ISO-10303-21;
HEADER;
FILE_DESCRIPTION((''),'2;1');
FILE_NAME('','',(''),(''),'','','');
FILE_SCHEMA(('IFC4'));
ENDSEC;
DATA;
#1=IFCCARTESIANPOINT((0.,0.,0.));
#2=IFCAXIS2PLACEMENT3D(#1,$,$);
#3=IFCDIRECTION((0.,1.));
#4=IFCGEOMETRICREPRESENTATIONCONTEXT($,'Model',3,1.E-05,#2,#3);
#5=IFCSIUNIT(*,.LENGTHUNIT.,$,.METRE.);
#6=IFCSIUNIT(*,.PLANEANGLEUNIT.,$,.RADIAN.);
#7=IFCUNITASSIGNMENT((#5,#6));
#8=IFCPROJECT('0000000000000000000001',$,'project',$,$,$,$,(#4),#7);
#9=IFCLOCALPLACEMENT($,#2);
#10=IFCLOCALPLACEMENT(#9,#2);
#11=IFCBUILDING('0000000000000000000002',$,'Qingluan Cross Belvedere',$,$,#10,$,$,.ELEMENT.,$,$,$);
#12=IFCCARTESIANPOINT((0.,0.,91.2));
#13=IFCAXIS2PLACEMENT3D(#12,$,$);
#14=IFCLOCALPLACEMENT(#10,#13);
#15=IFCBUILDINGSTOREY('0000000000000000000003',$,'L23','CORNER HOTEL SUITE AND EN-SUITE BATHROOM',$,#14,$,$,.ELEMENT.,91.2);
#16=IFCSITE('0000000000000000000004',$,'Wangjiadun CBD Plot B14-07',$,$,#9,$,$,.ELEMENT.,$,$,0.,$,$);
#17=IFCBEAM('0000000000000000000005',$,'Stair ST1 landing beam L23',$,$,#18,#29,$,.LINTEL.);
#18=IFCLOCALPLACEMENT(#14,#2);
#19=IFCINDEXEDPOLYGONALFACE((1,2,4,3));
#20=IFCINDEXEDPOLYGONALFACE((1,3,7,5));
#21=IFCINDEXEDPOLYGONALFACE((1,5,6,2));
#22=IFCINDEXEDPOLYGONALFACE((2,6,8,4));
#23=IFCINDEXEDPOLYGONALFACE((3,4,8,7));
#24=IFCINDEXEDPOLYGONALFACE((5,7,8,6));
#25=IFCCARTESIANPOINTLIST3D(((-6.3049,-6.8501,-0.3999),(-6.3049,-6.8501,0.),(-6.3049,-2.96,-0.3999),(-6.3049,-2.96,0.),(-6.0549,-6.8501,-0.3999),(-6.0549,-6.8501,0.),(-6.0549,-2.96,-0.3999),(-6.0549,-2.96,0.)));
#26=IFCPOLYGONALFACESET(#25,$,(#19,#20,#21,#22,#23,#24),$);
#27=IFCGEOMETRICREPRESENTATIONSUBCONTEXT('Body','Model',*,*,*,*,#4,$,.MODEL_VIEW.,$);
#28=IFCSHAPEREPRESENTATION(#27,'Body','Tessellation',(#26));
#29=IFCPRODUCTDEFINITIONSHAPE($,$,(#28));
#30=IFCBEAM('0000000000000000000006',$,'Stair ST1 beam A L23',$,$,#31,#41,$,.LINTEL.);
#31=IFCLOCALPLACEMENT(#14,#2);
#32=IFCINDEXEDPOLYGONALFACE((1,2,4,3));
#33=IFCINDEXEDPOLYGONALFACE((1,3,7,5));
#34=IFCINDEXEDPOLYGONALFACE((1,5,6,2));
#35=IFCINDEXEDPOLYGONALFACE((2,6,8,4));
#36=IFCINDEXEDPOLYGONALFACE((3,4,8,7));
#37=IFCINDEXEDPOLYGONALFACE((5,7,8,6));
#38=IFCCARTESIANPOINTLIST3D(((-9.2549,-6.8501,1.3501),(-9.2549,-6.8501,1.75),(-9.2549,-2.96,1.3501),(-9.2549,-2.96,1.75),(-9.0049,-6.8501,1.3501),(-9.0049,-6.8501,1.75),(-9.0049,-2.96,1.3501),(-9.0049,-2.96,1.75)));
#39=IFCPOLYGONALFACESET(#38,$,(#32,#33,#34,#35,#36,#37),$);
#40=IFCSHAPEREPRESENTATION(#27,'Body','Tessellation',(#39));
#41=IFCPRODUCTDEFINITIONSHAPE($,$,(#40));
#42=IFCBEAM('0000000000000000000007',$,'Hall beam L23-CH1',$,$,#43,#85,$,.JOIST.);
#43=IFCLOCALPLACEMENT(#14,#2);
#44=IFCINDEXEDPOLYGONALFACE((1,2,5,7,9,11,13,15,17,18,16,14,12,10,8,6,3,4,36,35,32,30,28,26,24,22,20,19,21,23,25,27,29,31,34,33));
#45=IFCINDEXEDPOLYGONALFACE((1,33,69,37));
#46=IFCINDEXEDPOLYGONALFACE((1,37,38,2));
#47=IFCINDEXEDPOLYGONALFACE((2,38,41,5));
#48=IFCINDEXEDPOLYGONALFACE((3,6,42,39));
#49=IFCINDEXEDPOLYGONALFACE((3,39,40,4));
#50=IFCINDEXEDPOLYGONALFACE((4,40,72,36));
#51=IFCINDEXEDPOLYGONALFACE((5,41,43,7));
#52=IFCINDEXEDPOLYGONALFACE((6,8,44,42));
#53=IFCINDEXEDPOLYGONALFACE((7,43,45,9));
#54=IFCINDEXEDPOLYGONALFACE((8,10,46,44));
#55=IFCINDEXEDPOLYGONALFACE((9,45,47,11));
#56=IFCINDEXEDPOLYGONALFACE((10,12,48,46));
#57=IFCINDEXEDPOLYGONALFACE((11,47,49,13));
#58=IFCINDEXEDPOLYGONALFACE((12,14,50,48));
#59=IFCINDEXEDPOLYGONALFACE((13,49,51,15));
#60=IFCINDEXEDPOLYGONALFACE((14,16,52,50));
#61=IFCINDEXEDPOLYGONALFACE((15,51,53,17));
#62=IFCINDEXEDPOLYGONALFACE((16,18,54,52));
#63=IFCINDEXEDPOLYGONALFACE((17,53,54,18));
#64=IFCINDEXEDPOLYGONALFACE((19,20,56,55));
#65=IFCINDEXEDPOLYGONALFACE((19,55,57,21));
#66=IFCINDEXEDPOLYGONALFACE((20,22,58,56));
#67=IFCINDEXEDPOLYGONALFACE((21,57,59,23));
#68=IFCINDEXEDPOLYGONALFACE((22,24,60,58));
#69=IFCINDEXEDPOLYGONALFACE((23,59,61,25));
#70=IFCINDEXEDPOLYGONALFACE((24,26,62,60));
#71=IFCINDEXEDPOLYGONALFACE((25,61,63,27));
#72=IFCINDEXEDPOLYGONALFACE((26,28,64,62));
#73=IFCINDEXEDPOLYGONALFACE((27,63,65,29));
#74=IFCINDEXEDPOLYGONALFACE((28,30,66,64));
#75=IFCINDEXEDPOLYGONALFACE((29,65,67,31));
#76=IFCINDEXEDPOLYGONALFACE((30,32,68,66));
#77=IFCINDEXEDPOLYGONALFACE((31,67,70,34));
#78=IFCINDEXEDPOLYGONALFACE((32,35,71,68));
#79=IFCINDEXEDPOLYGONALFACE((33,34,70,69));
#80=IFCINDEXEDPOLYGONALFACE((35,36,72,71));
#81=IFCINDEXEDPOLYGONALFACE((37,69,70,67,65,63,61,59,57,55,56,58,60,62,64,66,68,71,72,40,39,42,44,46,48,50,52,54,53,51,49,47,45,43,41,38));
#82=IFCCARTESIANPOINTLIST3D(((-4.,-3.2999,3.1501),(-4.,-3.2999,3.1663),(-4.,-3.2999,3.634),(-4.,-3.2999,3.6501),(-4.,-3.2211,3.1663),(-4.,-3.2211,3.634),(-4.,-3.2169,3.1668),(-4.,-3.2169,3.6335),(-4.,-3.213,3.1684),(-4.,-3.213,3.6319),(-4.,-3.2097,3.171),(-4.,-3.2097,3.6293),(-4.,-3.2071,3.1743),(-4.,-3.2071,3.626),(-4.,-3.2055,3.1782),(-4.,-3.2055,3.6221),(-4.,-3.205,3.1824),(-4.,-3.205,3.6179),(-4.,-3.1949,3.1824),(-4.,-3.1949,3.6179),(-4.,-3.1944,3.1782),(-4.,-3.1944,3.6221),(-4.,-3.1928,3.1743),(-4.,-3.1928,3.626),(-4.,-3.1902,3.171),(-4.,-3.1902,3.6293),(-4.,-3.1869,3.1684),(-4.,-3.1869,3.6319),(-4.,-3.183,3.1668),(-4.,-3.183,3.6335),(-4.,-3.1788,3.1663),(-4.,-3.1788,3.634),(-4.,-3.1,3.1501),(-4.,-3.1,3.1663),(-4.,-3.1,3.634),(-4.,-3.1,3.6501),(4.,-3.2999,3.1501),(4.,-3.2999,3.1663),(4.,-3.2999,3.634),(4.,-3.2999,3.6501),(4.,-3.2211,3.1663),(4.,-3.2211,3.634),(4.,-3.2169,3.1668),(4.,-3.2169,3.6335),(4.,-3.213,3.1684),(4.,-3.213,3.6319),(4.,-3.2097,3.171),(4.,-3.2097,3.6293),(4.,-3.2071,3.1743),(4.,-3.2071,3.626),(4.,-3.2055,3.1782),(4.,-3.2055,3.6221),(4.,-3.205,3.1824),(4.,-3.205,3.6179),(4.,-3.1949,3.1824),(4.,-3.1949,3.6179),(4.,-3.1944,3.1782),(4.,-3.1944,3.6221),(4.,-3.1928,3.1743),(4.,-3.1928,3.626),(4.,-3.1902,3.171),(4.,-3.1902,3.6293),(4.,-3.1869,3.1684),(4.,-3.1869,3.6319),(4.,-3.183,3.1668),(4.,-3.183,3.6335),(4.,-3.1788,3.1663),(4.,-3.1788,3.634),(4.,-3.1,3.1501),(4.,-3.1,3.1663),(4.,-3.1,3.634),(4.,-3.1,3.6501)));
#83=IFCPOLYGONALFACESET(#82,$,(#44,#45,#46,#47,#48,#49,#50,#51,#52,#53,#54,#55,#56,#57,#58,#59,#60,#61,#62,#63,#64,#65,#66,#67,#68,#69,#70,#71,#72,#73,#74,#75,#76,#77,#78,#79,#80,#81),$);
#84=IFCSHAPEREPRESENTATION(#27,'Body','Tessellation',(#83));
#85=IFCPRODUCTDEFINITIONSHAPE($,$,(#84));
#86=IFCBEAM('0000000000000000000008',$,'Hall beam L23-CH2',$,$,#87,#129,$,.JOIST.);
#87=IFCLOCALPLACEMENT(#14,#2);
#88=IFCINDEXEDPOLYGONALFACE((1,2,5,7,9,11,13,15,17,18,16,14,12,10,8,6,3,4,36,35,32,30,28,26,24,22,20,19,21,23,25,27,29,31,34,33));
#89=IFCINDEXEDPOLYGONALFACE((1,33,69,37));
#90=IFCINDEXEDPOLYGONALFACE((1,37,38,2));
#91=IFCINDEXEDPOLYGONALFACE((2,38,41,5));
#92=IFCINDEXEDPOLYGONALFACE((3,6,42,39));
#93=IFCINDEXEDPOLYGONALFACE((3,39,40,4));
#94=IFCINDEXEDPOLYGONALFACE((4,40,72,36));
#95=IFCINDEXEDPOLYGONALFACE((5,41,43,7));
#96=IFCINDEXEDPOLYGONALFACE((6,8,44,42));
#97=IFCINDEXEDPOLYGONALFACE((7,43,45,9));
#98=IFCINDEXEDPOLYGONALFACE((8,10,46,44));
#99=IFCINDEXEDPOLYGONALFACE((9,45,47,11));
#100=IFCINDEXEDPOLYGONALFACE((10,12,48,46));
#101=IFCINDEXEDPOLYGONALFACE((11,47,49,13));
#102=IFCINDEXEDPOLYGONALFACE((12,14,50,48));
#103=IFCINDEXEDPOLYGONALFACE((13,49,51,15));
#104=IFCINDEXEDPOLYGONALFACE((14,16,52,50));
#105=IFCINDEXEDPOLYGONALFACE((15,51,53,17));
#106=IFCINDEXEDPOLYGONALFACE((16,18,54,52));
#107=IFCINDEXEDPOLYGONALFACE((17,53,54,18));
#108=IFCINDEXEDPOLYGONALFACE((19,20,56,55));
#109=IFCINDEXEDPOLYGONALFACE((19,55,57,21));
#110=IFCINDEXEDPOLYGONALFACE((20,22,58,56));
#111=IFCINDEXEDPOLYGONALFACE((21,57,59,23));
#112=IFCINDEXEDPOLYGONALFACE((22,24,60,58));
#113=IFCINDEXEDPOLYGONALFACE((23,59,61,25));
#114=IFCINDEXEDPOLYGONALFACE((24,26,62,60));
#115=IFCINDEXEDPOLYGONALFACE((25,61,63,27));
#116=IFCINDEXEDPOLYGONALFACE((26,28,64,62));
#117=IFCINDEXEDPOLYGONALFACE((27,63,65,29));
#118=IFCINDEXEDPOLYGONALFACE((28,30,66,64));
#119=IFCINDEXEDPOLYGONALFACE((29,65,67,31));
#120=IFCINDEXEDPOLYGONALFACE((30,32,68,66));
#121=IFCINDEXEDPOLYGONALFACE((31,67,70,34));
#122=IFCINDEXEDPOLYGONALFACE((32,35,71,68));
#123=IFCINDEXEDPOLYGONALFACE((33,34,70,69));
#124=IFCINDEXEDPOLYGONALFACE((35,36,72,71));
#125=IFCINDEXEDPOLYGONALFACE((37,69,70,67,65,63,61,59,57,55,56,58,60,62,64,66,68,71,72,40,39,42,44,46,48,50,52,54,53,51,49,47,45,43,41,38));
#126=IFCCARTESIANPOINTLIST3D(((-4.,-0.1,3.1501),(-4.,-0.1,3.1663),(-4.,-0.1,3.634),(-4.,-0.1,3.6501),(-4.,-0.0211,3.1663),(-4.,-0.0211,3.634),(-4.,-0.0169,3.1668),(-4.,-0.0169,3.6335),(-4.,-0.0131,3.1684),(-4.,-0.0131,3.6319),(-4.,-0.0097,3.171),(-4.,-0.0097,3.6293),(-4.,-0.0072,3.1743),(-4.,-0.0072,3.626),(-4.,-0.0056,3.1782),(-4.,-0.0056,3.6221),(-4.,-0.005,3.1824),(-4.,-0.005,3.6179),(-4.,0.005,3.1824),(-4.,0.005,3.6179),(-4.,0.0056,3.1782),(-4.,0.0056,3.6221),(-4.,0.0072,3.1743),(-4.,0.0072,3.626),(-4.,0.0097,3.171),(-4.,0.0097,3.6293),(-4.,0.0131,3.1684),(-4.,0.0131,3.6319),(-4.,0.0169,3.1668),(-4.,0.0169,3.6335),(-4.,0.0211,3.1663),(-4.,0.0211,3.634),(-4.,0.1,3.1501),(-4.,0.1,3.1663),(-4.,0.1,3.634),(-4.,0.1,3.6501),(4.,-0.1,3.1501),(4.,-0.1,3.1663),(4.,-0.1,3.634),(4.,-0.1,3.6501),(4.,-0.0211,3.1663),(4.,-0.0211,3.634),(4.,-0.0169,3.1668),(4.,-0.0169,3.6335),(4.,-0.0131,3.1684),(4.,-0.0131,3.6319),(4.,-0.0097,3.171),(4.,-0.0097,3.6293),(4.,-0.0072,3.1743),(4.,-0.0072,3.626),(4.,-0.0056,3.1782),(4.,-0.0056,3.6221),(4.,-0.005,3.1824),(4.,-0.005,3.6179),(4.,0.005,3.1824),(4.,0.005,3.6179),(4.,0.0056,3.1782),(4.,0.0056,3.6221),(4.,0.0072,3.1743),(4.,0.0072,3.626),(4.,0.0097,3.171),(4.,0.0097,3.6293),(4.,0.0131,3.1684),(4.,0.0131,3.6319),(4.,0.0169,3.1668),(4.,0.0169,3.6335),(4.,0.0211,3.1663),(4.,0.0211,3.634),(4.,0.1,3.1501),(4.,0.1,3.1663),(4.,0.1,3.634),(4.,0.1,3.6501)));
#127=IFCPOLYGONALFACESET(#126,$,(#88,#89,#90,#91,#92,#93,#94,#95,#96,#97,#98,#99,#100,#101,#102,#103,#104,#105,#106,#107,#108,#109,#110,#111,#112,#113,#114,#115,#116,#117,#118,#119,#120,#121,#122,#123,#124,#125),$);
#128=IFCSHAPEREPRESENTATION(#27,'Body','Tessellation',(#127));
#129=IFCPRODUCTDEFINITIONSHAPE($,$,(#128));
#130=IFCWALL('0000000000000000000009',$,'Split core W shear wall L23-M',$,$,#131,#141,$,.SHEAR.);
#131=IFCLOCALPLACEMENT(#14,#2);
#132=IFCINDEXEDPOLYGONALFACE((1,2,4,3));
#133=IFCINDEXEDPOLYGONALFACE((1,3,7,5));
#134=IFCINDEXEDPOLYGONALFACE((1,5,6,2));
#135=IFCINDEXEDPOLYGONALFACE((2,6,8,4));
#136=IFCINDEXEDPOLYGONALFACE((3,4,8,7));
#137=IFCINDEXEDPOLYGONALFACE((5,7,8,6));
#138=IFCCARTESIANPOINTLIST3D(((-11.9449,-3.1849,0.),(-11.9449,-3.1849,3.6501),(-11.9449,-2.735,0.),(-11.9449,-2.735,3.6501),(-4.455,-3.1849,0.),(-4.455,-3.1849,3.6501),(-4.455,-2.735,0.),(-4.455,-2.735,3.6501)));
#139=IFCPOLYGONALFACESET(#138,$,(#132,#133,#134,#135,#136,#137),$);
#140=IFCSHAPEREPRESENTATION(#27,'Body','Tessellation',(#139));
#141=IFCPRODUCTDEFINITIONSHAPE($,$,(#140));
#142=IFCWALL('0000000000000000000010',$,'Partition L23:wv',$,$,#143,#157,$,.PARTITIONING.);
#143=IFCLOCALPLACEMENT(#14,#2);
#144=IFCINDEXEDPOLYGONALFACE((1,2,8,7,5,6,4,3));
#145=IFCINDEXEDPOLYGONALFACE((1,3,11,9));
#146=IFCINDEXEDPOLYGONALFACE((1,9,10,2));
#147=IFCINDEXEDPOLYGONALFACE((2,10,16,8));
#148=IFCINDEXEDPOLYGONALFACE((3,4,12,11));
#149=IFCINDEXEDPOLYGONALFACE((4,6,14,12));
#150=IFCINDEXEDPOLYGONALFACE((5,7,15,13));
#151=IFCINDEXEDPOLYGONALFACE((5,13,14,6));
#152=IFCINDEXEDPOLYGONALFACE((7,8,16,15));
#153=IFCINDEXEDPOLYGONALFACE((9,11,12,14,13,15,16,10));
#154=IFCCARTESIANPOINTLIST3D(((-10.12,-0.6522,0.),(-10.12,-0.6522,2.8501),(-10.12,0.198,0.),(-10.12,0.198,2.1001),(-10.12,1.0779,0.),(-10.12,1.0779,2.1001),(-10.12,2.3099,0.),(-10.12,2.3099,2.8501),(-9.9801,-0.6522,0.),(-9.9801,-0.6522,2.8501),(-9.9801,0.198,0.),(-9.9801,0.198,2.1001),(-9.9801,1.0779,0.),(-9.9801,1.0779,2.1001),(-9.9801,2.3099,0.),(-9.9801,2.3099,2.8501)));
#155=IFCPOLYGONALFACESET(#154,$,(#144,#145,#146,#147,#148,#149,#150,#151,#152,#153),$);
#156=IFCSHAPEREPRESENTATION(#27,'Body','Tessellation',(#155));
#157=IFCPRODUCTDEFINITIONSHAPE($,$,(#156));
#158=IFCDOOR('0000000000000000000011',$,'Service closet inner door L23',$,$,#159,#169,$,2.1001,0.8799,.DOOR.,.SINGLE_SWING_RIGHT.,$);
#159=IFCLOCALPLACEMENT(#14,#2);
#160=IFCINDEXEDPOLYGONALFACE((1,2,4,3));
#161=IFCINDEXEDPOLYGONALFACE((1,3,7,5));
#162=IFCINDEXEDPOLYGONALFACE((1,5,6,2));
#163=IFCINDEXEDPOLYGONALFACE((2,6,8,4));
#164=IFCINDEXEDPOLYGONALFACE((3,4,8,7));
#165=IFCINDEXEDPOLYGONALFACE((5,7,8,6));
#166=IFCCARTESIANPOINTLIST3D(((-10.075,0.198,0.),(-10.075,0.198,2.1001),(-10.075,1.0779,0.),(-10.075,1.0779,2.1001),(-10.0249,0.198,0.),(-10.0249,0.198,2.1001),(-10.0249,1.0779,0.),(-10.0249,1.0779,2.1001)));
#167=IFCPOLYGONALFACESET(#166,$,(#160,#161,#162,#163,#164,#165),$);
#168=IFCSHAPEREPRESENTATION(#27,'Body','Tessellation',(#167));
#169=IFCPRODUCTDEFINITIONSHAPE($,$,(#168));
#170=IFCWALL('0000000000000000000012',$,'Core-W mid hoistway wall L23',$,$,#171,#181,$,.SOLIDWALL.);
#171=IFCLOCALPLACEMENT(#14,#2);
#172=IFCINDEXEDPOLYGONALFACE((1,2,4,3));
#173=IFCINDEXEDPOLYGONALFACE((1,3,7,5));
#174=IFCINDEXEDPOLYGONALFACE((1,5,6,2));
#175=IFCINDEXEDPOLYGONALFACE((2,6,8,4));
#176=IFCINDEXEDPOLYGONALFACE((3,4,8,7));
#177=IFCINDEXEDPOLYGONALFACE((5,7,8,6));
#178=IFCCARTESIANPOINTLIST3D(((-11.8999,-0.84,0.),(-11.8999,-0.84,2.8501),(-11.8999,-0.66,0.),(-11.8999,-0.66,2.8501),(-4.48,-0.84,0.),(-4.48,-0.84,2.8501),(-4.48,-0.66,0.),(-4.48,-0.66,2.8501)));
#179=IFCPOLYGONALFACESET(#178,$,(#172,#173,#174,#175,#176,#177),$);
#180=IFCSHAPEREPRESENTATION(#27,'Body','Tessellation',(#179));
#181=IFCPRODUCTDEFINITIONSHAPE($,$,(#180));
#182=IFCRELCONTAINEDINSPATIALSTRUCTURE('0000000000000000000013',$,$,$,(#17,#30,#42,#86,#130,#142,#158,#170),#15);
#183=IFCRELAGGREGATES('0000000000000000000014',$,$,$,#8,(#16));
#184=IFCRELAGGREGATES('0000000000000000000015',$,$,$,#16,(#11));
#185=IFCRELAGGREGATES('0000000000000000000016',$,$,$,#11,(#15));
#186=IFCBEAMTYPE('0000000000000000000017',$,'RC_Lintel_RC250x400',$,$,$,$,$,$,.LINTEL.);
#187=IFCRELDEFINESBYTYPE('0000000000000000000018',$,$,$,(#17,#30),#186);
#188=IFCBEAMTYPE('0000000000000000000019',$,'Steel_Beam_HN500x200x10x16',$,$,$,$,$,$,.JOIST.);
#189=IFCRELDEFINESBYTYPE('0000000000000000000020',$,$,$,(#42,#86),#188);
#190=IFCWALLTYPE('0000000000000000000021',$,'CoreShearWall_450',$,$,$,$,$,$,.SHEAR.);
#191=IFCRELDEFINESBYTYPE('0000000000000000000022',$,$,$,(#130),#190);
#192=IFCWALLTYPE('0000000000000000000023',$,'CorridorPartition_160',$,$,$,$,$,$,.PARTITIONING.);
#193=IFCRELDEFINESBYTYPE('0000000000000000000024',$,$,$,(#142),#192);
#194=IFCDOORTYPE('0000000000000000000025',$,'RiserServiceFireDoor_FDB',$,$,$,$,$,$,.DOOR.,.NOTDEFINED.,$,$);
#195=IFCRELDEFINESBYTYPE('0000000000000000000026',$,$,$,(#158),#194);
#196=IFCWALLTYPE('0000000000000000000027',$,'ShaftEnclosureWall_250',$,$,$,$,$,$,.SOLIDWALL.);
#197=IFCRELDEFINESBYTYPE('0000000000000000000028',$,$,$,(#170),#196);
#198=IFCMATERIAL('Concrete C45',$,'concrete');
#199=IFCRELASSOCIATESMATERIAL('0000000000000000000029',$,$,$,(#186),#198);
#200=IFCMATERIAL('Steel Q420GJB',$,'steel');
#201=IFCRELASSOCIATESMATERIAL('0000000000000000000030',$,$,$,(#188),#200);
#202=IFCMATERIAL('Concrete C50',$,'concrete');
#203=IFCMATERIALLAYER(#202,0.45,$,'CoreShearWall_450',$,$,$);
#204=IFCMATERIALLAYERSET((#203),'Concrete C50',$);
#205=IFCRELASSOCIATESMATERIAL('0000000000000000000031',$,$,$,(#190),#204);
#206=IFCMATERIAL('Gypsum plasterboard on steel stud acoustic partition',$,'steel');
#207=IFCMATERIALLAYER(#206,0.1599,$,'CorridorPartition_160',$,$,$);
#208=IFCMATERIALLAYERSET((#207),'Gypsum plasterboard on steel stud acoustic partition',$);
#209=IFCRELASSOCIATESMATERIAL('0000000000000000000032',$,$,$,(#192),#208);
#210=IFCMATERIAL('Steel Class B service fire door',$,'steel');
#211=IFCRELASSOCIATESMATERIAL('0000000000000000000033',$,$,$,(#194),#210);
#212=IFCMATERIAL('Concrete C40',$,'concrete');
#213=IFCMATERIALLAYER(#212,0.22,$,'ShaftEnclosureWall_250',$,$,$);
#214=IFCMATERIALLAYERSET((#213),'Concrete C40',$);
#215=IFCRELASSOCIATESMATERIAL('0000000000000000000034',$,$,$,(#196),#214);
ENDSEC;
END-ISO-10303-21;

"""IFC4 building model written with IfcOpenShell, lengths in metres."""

from ifc_helpers import new_model, si_unit, direction, frame, frame_2d, origin, origin_2d, place, context, subcontext, project, spatial, rectangle, i_section, extrude, material, layer, layer_set, material_profile, profile_set, type_object, element, fill, save


model = new_model("IFC4")

# Units and contexts
model_context = context("Model", 3, precision=1e-05, world=origin(), true_north=direction((0.0, 1.0)))
body_context = subcontext(model_context, "Body", "Model", "MODEL_VIEW")
ifc_project = project(units=[si_unit("LENGTHUNIT", "METRE"), si_unit("PLANEANGLEUNIT", "RADIAN")], contexts=[model_context])

# Site, building, storey
site_placement = place(None, origin())
site = spatial("IfcSite", under=ifc_project, at=site_placement, Name="Wangjiadun CBD Plot B14-07", CompositionType="ELEMENT", RefElevation=0.0)
building_placement = place(site_placement, origin())
building = spatial("IfcBuilding", under=site, at=building_placement, Name="Qingluan Cross Belvedere", CompositionType="ELEMENT")
storey_placement = place(building_placement, frame((0.0, 0.0, 91.2)))
storey = spatial("IfcBuildingStorey", under=building, at=storey_placement, Name="L23", Description="CORNER HOTEL SUITE AND EN-SUITE BATHROOM", CompositionType="ELEMENT", Elevation=91.2)

# Beams
ifc_material_1 = material(Name="Concrete C45", Category="concrete")
ifc_material_profile_1 = material_profile(ifc_material_1, rectangle(XDim=0.25, YDim=0.3999, at=origin_2d()), Name="RC250x400")
ifc_profile_set_1 = profile_set([ifc_material_profile_1], Name="Concrete C45")
beam_type_1 = type_object("IfcBeamType", Name="RC_Lintel_RC250x400", PredefinedType="LINTEL", material=ifc_profile_set_1)
for number, where, z_axis, x_axis, name in (
    (1, (-6.1799, -6.8501, -0.2), (0.0, 1.0, 0.0), (-1.0, 0.0, 0.0), "Stair ST1 landing beam L23"),
    (2, (-9.1299, -6.8501, 1.55), (0.0, 1.0, 0.0), (-1.0, 0.0, 0.0), "Stair ST1 beam A L23"),
):
    element("IfcBeam", number, at=place(storey_placement, frame(where, z_axis=z_axis, x_axis=x_axis)), inside=storey, type_object=beam_type_1, Name=name, PredefinedType="LINTEL", context=body_context, shape_type="SweptSolid", body=[
        extrude(rectangle(XDim=0.25, YDim=0.3999, at=origin_2d()), origin(), (0.0, 0.0, 1.0), 3.8901),
    ])
ifc_material_2 = material(Name="Steel Q420GJB", Category="steel")
ifc_material_profile_2 = material_profile(ifc_material_2, i_section(OverallWidth=0.2, OverallDepth=0.5, WebThickness=0.01, FlangeThickness=0.0161, FilletRadius=0.0161, at=origin_2d()), Name="HN500x200x10x16")
ifc_profile_set_2 = profile_set([ifc_material_profile_2], Name="Steel Q420GJB")
beam_type_2 = type_object("IfcBeamType", Name="Steel_Beam_HN500x200x10x16", PredefinedType="JOIST", material=ifc_profile_set_2)
for number, where, z_axis, x_axis, name in (
    (3, (-4.0, -3.2, 3.4001), (1.0, 0.0, 0.0), (0.0, 1.0, 0.0), "Hall beam L23-CH1"),
    (4, (-4.0, 0.0, 3.4001), (1.0, 0.0, 0.0), (0.0, 1.0, 0.0), "Hall beam L23-CH2"),
):
    element("IfcBeam", number, at=place(storey_placement, frame(where, z_axis=z_axis, x_axis=x_axis)), inside=storey, type_object=beam_type_2, Name=name, PredefinedType="JOIST", context=body_context, shape_type="SweptSolid", body=[
        extrude(i_section(OverallWidth=0.2, OverallDepth=0.5, WebThickness=0.01, FlangeThickness=0.0161, FilletRadius=0.0161, at=origin_2d()), origin(), (0.0, 0.0, 1.0), 8.0),
    ])

# Wall
ifc_material_3 = material(Name="Concrete C50", Category="concrete")
ifc_layer_1 = layer(ifc_material_3, 0.45, Name="CoreShearWall_450")
ifc_layer_set_1 = layer_set([ifc_layer_1], Name="Concrete C50")
wall_type_1 = type_object("IfcWallType", Name="CoreShearWall_450", PredefinedType="SHEAR", material=ifc_layer_set_1)
wall_1_placement = place(storey_placement, frame((-11.9451, -2.96, 0.0), z_axis=(0.0, 0.0, 1.0), x_axis=(1.0, 0.0, 0.0)))
element("IfcWall", 5, at=wall_1_placement, inside=storey, type_object=wall_type_1, Name="Split core W shear wall L23-M", PredefinedType="SHEAR", context=body_context, shape_type="SweptSolid", body=[
    extrude(rectangle(XDim=7.49, YDim=0.45, at=frame_2d((3.7451, 0.0))), origin(), (0.0, 0.0, 1.0), 3.6501),
])

# Wall, opening, door
ifc_material_4 = material(Name="Gypsum plasterboard on steel stud acoustic partition", Category="steel")
ifc_layer_2 = layer(ifc_material_4, 0.1599, Name="CorridorPartition_160")
ifc_layer_set_2 = layer_set([ifc_layer_2], Name="Gypsum plasterboard on steel stud acoustic partition")
wall_type_2 = type_object("IfcWallType", Name="CorridorPartition_160", PredefinedType="PARTITIONING", material=ifc_layer_set_2)
wall_2_placement = place(storey_placement, frame((-10.05, -0.6521, 0.0), z_axis=(0.0, 0.0, 1.0), x_axis=(0.0, 1.0, 0.0)))
wall_2 = element("IfcWall", 6, at=wall_2_placement, inside=storey, type_object=wall_type_2, Name="Partition L23:wv", PredefinedType="PARTITIONING", context=body_context, shape_type="SweptSolid", body=[
    extrude(rectangle(XDim=2.9622, YDim=0.1399, at=frame_2d((1.481, 0.0))), origin(), (0.0, 0.0, 1.0), 2.8501),
])
opening_1_placement = place(wall_2_placement, frame((0.8501, 0.0, 0.0)))
opening_1 = element("IfcOpeningElement", 7, at=opening_1_placement, cuts=wall_2, PredefinedType="OPENING", context=body_context, shape_type="SweptSolid", body=[
    extrude(rectangle(XDim=0.8799, YDim=2.1001, at=frame_2d((0.4399, 1.05))), frame((0.0, 0.0798, 0.0), z_axis=(0.0, -1.0, 0.0), x_axis=(1.0, 0.0, 0.0)), (0.0, 0.0, 1.0), 0.1599),
])
ifc_material_5 = material(Name="Steel Class B service fire door", Category="steel")
door_type_1 = type_object("IfcDoorType", Name="RiserServiceFireDoor_FDB", OperationType="NOTDEFINED", PredefinedType="DOOR", material=ifc_material_5)
door_1_placement = place(opening_1_placement, origin())
door_1 = element("IfcDoor", 8, at=door_1_placement, inside=storey, type_object=door_type_1, Name="Service closet inner door L23", OperationType="SINGLE_SWING_RIGHT", OverallHeight=2.1001, OverallWidth=0.8799, PredefinedType="DOOR", context=body_context, shape_type="SweptSolid", body=[
    extrude(rectangle(XDim=0.8799, YDim=2.1001, at=frame_2d((0.4399, 1.05))), frame((0.0, 0.0249, 0.0), z_axis=(0.0, -1.0, 0.0), x_axis=(1.0, 0.0, 0.0)), (0.0, 0.0, 1.0), 0.05),
])
fill(opening_1, door_1)

# Wall
ifc_material_6 = material(Name="Concrete C40", Category="concrete")
ifc_layer_3 = layer(ifc_material_6, 0.22, Name="ShaftEnclosureWall_250")
ifc_layer_set_3 = layer_set([ifc_layer_3], Name="Concrete C40")
wall_type_3 = type_object("IfcWallType", Name="ShaftEnclosureWall_250", PredefinedType="SOLIDWALL", material=ifc_layer_set_3)
wall_3_placement = place(storey_placement, frame((-11.8999, -0.75, 0.0), z_axis=(0.0, 0.0, 1.0), x_axis=(1.0, 0.0, 0.0)))
element("IfcWall", 9, at=wall_3_placement, inside=storey, type_object=wall_type_3, Name="Core-W mid hoistway wall L23", PredefinedType="SOLIDWALL", context=body_context, shape_type="SweptSolid", body=[
    extrude(rectangle(XDim=7.4199, YDim=0.1799, at=frame_2d((3.71, 0.0))), origin(), (0.0, 0.0, 1.0), 2.8501),
])

save(model, "model.ifc")
